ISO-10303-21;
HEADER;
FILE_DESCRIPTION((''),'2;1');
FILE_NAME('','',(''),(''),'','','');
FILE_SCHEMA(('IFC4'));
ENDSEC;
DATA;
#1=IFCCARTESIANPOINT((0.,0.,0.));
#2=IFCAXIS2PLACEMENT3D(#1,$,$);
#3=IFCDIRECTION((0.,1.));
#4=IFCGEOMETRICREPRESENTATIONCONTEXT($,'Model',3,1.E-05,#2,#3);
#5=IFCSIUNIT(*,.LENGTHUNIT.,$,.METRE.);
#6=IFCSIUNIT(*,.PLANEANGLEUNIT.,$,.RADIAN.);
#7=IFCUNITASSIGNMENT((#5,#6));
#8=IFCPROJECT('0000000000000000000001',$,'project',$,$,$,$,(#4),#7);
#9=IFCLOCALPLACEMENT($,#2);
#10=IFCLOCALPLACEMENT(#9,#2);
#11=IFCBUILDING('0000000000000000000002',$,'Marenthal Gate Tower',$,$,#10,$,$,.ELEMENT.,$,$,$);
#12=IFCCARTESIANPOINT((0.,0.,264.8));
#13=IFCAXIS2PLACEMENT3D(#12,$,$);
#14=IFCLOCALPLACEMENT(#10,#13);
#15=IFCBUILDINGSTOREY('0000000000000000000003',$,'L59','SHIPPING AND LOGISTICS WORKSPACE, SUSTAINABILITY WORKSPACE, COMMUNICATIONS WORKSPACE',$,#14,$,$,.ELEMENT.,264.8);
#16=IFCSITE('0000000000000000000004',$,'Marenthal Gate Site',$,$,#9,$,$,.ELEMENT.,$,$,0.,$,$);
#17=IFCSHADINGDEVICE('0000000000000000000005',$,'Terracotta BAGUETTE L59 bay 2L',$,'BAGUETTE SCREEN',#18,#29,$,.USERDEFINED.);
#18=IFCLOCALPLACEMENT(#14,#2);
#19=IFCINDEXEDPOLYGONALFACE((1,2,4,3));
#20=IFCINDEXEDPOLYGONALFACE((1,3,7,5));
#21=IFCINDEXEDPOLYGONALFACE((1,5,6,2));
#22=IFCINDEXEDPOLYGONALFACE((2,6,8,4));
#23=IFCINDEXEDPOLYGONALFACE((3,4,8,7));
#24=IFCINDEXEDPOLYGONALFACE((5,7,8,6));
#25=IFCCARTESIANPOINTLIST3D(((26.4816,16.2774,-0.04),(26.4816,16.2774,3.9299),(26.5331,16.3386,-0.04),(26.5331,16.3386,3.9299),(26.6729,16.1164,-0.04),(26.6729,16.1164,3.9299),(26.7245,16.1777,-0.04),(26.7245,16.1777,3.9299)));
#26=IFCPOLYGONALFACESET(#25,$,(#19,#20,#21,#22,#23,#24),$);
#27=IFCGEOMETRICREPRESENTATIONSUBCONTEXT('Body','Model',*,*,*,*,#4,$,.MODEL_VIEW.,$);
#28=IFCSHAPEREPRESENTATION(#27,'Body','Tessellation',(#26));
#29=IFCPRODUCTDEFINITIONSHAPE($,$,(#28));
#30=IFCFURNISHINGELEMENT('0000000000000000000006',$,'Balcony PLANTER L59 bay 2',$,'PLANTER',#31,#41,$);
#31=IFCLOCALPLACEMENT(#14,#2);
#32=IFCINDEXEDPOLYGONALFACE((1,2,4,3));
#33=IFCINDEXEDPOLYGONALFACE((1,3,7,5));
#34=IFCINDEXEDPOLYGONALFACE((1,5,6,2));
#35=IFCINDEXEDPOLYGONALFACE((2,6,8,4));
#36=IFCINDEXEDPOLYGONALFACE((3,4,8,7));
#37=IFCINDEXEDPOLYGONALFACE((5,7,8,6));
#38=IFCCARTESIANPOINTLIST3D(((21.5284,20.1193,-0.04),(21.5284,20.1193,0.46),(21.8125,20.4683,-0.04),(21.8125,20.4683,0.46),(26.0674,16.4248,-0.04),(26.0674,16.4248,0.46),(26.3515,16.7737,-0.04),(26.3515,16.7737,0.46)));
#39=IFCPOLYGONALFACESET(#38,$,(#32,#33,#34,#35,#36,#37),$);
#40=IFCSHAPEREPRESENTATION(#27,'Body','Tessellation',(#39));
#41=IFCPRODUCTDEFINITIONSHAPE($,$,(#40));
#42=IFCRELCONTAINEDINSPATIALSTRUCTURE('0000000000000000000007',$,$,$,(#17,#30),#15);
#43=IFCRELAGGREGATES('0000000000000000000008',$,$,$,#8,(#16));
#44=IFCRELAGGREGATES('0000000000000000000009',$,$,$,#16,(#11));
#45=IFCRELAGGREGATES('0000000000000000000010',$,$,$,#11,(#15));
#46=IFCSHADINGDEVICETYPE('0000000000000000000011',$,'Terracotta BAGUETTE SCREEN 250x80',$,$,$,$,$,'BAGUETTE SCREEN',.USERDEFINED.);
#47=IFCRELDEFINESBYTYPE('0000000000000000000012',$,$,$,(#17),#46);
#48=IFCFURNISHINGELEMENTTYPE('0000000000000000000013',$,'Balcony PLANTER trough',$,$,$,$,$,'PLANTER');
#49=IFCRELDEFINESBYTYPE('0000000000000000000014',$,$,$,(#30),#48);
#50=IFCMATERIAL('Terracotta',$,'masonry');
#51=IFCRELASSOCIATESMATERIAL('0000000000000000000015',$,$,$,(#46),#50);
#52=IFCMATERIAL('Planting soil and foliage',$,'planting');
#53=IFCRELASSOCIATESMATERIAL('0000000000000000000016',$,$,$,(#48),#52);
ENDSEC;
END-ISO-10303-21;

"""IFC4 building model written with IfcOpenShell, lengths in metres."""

from ifc_helpers import new_model, si_unit, direction, frame, origin, origin_2d, place, context, subcontext, project, spatial, rectangle, extrude, material, material_profile, profile_set, type_object, element, save


model = new_model("IFC4")

# Units and contexts
model_context = context("Model", 3, precision=1e-05, world=origin(), true_north=direction((0.0, 1.0)))
body_context = subcontext(model_context, "Body", "Model", "MODEL_VIEW")
ifc_project = project(units=[si_unit("LENGTHUNIT", "METRE"), si_unit("PLANEANGLEUNIT", "RADIAN")], contexts=[model_context])

# Site, building, storey
site_placement = place(None, origin())
site = spatial("IfcSite", under=ifc_project, at=site_placement, Name="Marenthal Gate Site", CompositionType="ELEMENT", RefElevation=0.0)
building_placement = place(site_placement, origin())
building = spatial("IfcBuilding", under=site, at=building_placement, Name="Marenthal Gate Tower", CompositionType="ELEMENT")
storey_placement = place(building_placement, frame((0.0, 0.0, 264.8)))
storey = spatial("IfcBuildingStorey", under=building, at=storey_placement, Name="L59", Description="SHIPPING AND LOGISTICS WORKSPACE, SUSTAINABILITY WORKSPACE, COMMUNICATIONS WORKSPACE", CompositionType="ELEMENT", Elevation=264.8)

# Shading device
ifc_material_1 = material(Name="Terracotta", Category="masonry")
ifc_material_profile_1 = material_profile(ifc_material_1, rectangle(XDim=0.25, YDim=0.0801, at=origin_2d()), Name="Terracotta baguette 250x80")
ifc_profile_set_1 = profile_set([ifc_material_profile_1], Name="Terracotta")
shading_device_type = type_object("IfcShadingDeviceType", Name="Terracotta BAGUETTE SCREEN 250x80", ElementType="BAGUETTE SCREEN", PredefinedType="USERDEFINED", material=ifc_profile_set_1)
shading_device_placement = place(storey_placement, frame((26.603, 16.2275, -0.04), z_axis=(0.0, 0.0, 1.0), x_axis=(-0.765301, 0.643672, 0.0)))
element("IfcShadingDevice", 1, at=shading_device_placement, inside=storey, type_object=shading_device_type, Name="Terracotta BAGUETTE L59 bay 2L", ObjectType="BAGUETTE SCREEN", PredefinedType="USERDEFINED", context=body_context, shape_type="SweptSolid", body=[
    extrude(rectangle(XDim=0.25, YDim=0.0801, at=origin_2d()), origin(), (0.0, 0.0, 1.0), 3.97),
])

# Furnishing element
ifc_material_2 = material(Name="Planting soil and foliage", Category="planting")
furnishing_element_type = type_object("IfcFurnishingElementType", Name="Balcony PLANTER trough", ElementType="PLANTER", material=ifc_material_2)
furnishing_placement = place(storey_placement, frame((23.9399, 18.4465, -0.04), z_axis=(0.0, 0.0, 1.0), x_axis=(-0.775557, 0.631278, 0.0)))
element("IfcFurnishingElement", 2, at=furnishing_placement, inside=storey, type_object=furnishing_element_type, Name="Balcony PLANTER L59 bay 2", ObjectType="PLANTER", context=body_context, shape_type="SweptSolid", body=[
    extrude(rectangle(XDim=5.8525, YDim=0.45, at=origin_2d()), origin(), (0.0, 0.0, 1.0), 0.5),
])

save(model, "model.ifc")
